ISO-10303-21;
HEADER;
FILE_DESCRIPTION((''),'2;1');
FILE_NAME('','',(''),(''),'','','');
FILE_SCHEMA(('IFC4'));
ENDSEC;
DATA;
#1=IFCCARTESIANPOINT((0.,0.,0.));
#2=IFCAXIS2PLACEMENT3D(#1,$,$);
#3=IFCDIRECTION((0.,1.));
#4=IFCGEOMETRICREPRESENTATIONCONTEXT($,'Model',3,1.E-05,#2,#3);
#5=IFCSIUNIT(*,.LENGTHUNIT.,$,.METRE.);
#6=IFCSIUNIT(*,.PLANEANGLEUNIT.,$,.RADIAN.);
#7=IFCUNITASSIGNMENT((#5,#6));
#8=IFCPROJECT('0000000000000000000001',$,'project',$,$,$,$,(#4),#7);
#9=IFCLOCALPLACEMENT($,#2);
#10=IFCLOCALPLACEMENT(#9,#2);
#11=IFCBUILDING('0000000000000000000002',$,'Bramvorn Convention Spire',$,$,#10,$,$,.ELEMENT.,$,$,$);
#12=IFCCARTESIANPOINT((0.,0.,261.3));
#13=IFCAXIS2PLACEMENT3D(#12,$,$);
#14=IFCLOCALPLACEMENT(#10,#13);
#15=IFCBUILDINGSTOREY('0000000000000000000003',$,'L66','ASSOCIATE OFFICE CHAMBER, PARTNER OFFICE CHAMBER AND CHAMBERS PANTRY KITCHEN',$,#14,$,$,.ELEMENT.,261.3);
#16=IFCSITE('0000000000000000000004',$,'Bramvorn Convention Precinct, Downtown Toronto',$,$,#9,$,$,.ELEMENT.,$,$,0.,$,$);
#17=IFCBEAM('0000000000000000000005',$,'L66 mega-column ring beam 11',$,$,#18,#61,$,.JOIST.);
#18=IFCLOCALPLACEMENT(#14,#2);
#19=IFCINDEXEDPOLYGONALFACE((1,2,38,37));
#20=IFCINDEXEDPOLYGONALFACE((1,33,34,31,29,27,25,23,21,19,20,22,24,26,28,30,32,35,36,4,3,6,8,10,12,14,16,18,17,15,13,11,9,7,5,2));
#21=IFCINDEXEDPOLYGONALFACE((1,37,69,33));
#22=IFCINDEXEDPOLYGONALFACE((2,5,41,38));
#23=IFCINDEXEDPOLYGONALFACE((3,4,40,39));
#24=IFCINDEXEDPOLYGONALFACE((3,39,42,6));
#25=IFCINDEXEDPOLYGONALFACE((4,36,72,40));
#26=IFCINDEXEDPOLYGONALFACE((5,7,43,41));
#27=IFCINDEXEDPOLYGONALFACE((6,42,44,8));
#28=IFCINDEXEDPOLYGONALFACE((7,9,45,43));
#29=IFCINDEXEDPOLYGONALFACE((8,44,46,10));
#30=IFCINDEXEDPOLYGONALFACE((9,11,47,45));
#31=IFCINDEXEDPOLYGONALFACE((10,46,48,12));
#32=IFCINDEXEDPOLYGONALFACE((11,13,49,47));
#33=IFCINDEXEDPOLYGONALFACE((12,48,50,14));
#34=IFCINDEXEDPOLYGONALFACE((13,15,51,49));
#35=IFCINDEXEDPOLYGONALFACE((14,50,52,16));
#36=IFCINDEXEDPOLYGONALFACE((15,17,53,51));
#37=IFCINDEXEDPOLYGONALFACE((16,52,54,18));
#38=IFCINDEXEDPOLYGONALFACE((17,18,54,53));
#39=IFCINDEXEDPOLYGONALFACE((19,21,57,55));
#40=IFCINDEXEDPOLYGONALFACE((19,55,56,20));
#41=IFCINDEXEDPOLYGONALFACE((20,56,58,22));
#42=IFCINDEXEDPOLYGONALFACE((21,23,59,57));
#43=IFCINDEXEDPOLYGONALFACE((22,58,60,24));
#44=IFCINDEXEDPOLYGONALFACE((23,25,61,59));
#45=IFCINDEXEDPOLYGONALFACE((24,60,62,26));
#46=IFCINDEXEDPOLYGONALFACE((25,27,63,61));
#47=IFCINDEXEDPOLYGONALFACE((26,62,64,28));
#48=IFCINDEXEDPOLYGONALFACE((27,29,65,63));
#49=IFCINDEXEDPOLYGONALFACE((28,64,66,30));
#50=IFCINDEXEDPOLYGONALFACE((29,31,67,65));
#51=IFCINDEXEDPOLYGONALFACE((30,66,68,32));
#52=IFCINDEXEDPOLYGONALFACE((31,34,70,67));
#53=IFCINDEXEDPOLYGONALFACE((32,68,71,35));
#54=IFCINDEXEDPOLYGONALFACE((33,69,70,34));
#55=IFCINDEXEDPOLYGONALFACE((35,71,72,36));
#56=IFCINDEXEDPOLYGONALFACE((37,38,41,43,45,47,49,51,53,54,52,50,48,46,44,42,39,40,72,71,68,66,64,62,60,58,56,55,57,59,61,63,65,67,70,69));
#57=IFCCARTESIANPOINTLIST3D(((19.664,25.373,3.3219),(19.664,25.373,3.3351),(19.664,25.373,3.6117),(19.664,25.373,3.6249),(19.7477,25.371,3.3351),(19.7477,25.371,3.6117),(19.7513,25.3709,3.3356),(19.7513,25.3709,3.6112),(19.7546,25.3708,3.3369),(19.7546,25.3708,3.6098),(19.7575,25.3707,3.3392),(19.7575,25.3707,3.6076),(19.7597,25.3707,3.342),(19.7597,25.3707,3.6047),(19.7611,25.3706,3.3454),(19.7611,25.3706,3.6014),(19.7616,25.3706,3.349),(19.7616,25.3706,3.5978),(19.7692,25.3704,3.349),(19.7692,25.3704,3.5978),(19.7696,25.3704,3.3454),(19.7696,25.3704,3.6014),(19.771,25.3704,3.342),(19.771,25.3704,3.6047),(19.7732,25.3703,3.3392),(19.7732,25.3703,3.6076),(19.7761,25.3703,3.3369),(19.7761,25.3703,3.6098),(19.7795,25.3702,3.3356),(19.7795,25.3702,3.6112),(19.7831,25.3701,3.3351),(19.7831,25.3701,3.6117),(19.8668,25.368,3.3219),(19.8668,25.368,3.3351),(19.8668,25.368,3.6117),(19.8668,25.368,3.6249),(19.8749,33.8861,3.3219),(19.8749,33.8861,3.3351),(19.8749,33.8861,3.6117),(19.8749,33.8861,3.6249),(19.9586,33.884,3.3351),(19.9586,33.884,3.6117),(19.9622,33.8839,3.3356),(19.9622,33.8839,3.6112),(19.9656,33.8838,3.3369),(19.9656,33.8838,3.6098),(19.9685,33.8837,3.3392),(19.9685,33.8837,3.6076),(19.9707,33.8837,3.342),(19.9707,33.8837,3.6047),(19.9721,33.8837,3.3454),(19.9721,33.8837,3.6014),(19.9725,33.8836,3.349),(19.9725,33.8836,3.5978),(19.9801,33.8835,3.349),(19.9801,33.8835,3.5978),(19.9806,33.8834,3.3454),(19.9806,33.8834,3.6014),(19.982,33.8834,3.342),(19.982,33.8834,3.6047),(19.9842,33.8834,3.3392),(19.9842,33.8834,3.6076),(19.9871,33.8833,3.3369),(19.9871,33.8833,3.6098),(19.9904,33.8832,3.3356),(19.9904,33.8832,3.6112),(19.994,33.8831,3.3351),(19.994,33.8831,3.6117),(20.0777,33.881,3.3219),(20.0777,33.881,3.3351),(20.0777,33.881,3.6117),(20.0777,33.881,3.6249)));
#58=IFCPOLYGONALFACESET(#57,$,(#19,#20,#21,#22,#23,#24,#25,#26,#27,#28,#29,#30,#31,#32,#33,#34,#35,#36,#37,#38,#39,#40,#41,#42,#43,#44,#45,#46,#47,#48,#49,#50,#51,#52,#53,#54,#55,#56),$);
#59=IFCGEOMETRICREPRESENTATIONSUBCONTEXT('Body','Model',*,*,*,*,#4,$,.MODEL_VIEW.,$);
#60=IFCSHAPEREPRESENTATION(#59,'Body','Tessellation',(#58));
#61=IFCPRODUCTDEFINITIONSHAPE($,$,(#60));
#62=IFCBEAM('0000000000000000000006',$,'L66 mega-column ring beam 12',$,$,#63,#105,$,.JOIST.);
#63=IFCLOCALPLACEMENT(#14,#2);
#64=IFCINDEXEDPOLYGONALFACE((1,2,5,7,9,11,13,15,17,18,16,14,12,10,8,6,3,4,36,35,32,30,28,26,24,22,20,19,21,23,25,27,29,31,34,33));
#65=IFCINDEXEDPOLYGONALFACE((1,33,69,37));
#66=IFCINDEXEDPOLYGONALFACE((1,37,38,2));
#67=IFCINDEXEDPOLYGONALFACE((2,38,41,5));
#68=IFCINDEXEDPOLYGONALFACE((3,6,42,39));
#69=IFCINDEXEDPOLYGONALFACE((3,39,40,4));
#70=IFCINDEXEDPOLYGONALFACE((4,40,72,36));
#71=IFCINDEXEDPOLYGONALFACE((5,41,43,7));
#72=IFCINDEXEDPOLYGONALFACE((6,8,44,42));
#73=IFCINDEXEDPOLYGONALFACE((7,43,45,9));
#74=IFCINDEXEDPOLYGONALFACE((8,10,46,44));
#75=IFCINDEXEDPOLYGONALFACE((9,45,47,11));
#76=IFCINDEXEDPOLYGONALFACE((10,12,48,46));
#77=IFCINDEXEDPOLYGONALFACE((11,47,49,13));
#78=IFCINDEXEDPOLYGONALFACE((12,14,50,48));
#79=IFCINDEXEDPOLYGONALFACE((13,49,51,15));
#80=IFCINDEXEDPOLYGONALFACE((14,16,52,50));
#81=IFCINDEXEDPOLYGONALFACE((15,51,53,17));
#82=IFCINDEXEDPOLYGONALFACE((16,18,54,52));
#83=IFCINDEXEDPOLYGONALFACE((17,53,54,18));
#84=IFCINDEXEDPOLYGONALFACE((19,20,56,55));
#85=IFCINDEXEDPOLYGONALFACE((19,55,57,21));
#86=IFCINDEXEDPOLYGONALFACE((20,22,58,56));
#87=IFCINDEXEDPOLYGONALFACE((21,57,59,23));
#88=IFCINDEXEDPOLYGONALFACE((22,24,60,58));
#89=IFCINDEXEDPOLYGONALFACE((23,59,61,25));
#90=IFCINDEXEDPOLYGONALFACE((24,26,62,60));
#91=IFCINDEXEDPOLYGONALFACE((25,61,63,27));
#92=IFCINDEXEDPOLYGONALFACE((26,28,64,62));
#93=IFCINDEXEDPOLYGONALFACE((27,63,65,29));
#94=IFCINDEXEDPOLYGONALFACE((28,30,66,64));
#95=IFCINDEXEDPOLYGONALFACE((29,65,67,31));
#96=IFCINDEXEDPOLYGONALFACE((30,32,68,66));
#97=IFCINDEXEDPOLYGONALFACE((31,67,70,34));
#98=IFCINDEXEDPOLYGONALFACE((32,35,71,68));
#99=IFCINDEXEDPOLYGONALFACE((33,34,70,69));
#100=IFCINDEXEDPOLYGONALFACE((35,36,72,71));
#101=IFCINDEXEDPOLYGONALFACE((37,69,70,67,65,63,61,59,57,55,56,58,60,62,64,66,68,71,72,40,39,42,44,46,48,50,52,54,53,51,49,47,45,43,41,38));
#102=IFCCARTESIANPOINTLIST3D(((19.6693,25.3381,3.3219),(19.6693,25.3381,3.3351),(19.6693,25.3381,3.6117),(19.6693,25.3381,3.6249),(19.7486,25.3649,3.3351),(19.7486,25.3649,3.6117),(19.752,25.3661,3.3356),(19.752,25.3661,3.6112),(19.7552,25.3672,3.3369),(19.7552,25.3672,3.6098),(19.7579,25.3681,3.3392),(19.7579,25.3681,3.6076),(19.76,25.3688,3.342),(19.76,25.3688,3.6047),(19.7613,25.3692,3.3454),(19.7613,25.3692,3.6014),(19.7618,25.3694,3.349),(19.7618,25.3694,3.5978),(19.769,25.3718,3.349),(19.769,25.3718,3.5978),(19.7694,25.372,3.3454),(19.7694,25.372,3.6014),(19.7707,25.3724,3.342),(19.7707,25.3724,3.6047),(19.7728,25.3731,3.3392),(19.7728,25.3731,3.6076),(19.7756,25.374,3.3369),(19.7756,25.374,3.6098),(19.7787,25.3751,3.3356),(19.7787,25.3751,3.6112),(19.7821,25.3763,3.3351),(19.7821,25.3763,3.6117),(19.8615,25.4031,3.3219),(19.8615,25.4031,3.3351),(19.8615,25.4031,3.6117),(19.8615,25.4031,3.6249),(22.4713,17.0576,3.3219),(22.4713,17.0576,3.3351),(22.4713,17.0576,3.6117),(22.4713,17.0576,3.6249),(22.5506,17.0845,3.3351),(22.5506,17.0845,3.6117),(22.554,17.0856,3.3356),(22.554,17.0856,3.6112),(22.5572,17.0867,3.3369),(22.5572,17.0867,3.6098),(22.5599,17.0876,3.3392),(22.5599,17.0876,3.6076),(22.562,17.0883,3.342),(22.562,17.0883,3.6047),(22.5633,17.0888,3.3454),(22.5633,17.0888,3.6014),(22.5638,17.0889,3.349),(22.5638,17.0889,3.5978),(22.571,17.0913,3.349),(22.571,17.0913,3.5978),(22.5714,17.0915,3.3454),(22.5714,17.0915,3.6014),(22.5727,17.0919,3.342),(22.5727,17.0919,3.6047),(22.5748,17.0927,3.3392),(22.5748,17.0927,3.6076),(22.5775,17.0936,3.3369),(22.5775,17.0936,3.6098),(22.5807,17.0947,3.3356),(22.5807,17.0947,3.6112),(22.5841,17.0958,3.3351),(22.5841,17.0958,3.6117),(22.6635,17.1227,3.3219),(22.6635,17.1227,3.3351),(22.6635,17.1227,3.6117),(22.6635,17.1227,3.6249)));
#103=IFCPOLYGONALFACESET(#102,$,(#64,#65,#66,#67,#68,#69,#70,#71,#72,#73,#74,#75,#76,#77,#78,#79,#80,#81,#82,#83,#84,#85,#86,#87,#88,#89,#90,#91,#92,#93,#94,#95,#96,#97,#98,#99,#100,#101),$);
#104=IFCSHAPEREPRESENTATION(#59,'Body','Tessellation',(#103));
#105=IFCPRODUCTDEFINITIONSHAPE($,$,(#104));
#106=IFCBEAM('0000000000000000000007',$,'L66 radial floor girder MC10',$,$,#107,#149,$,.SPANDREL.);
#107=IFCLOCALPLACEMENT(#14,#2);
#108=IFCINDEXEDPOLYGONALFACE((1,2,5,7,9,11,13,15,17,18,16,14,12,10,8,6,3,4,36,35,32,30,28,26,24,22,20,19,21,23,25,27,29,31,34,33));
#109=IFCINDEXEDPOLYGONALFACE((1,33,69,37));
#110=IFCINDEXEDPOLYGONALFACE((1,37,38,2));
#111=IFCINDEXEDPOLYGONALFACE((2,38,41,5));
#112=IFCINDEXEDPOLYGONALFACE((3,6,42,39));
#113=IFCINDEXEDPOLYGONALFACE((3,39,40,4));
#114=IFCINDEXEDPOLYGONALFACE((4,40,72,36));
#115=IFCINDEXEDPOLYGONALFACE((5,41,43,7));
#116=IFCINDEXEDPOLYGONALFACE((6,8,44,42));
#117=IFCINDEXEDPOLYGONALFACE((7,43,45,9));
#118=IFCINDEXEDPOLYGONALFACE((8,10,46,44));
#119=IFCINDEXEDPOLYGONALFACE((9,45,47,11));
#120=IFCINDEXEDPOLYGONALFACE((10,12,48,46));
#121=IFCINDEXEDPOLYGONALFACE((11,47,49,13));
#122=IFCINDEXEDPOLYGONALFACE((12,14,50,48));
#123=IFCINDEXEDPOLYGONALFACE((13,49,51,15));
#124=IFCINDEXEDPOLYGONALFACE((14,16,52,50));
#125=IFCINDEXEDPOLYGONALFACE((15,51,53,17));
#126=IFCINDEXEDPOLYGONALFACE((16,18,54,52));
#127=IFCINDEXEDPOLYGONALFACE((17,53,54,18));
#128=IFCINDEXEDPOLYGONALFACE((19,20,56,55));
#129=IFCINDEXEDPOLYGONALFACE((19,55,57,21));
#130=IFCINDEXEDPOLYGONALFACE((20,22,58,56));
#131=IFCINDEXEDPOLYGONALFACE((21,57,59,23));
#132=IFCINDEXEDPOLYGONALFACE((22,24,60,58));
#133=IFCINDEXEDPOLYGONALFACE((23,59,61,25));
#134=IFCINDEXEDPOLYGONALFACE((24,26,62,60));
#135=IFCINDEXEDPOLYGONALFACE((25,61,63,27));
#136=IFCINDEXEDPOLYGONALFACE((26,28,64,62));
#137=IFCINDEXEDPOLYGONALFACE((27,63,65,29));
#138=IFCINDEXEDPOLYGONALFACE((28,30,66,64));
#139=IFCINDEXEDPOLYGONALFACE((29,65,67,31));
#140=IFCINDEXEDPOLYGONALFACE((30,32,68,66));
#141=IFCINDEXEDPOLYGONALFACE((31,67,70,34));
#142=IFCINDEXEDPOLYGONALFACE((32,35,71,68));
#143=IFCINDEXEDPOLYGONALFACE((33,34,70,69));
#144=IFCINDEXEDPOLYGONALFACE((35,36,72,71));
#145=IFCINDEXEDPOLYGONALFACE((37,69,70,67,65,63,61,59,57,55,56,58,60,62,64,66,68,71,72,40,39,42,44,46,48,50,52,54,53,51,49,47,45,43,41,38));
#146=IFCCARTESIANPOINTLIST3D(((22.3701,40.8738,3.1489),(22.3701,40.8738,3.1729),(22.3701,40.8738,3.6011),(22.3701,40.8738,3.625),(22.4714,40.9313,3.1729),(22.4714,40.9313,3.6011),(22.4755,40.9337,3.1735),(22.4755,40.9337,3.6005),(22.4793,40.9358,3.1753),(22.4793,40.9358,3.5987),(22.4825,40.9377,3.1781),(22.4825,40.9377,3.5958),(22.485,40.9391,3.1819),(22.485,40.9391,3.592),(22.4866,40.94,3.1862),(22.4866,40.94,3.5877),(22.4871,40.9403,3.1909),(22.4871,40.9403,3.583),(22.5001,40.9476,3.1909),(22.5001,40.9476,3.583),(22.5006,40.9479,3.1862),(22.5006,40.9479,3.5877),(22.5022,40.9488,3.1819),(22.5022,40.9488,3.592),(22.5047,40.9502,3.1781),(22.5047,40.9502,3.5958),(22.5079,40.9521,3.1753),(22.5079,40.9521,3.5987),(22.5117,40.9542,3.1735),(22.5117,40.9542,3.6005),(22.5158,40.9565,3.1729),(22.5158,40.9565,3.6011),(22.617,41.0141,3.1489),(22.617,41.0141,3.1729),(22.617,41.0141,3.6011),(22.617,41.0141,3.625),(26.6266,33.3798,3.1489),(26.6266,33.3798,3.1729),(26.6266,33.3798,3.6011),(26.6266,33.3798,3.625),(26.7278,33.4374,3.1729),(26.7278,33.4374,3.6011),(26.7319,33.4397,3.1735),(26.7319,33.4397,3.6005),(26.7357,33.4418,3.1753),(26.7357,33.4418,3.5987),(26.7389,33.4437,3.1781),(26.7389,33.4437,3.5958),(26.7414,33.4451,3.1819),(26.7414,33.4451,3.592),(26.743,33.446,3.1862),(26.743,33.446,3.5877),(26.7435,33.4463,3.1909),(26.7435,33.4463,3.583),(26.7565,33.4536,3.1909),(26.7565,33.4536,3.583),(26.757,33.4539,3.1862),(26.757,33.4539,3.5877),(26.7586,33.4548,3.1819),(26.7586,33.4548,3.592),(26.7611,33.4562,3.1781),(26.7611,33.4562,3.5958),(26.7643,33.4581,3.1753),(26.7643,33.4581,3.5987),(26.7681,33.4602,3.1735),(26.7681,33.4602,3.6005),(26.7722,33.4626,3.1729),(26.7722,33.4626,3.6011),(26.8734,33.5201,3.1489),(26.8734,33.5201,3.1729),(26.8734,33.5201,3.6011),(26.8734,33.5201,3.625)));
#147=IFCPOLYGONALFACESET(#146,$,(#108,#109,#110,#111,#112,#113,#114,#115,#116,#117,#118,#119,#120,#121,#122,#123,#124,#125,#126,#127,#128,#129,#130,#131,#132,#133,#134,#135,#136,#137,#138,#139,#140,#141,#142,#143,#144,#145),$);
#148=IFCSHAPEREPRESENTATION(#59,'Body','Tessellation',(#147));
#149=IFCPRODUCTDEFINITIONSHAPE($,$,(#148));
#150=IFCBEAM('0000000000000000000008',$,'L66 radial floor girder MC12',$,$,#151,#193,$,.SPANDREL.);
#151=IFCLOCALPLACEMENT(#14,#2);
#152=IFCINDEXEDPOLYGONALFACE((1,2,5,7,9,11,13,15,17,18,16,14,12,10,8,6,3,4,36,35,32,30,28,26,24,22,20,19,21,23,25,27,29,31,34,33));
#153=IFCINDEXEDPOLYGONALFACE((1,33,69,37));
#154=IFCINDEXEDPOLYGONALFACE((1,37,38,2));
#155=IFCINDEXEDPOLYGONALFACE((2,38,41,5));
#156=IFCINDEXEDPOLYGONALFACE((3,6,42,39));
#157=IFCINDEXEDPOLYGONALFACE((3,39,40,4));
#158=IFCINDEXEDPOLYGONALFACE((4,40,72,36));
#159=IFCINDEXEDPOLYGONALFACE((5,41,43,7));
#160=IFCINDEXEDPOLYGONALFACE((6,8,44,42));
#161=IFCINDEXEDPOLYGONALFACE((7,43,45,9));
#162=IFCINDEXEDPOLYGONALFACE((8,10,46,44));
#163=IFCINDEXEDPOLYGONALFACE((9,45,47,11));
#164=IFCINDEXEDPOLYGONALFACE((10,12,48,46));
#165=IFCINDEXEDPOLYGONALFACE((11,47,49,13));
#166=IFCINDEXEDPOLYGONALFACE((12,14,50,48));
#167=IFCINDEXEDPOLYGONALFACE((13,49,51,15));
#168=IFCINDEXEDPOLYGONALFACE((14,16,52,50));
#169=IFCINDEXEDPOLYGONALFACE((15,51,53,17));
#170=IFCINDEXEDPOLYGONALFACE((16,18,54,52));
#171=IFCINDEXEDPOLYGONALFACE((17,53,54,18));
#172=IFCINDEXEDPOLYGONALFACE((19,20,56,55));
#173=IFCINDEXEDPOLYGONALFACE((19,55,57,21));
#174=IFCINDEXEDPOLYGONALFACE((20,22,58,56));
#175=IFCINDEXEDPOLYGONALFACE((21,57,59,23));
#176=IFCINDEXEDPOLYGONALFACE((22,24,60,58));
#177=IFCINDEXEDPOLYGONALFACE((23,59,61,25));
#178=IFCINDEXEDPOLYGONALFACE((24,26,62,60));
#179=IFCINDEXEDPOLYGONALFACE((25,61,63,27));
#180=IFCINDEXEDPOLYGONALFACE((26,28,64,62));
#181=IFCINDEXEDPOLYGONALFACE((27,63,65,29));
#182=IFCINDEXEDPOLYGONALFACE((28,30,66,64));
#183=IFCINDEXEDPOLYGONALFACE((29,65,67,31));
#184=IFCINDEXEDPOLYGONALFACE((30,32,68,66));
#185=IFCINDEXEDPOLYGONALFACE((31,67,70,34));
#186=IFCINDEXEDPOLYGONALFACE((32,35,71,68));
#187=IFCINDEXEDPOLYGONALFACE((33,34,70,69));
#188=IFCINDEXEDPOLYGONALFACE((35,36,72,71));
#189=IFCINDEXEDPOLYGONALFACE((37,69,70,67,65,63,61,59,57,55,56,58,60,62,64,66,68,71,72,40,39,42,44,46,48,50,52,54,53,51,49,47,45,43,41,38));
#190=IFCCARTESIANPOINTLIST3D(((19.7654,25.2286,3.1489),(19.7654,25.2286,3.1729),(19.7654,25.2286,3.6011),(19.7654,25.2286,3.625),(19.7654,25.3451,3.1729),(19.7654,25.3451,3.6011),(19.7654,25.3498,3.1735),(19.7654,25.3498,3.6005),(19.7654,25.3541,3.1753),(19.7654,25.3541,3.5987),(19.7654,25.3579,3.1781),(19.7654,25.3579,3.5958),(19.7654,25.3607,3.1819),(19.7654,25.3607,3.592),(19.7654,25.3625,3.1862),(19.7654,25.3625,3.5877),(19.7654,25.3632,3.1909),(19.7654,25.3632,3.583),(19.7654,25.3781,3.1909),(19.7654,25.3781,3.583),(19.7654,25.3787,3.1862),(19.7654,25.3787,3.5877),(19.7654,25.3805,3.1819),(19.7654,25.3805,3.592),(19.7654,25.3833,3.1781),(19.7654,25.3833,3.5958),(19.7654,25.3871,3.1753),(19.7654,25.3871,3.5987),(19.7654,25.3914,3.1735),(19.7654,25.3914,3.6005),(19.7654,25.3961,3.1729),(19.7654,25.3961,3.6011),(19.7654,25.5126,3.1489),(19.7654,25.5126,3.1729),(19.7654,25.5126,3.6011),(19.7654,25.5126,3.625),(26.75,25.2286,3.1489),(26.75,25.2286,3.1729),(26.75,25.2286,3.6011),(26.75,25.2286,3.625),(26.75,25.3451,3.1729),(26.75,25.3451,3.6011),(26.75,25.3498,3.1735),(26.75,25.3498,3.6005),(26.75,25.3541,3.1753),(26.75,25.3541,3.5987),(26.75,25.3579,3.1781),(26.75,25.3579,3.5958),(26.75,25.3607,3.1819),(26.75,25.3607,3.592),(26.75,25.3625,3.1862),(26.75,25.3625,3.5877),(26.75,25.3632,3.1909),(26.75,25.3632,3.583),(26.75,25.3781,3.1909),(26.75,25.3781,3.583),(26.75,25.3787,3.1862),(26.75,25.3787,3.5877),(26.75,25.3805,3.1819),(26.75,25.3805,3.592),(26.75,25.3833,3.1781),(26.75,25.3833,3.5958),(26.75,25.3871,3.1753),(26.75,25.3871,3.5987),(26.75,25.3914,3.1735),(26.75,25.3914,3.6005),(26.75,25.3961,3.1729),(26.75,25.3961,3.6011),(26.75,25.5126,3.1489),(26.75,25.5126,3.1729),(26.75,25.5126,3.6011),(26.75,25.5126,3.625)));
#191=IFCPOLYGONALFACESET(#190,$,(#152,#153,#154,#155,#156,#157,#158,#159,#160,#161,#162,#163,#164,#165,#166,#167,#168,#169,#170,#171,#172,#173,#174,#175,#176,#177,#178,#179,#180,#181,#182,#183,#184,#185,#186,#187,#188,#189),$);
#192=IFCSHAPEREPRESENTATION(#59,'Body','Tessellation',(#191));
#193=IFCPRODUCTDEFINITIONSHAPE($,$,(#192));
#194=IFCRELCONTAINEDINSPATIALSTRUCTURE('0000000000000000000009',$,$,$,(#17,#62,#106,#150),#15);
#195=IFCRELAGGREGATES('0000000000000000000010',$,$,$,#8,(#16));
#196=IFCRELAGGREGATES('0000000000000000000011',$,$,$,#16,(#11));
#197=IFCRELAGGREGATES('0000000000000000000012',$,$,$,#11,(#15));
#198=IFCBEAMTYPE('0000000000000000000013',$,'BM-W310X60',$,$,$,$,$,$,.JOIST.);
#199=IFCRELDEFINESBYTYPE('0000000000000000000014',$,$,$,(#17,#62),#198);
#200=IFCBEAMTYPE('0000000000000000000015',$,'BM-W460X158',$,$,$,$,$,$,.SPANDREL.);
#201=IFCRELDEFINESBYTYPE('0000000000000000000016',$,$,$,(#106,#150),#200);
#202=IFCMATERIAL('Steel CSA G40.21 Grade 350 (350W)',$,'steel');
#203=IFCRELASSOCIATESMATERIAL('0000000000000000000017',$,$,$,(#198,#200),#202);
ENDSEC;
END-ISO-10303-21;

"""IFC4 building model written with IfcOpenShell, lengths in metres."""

from ifc_helpers import new_model, si_unit, direction, frame, origin, origin_2d, place, context, subcontext, project, spatial, i_section, extrude, material, material_profile, profile_set, type_object, element, save


model = new_model("IFC4")

# Units and contexts
model_context = context("Model", 3, precision=1e-05, world=origin(), true_north=direction((0.0, 1.0)))
body_context = subcontext(model_context, "Body", "Model", "MODEL_VIEW")
ifc_project = project(units=[si_unit("LENGTHUNIT", "METRE"), si_unit("PLANEANGLEUNIT", "RADIAN")], contexts=[model_context])

# Site, building, storey
site_placement = place(None, origin())
site = spatial("IfcSite", under=ifc_project, at=site_placement, Name="Bramvorn Convention Precinct, Downtown Toronto", CompositionType="ELEMENT", RefElevation=0.0)
building_placement = place(site_placement, origin())
building = spatial("IfcBuilding", under=site, at=building_placement, Name="Bramvorn Convention Spire", CompositionType="ELEMENT")
storey_placement = place(building_placement, frame((0.0, 0.0, 261.3)))
storey = spatial("IfcBuildingStorey", under=building, at=storey_placement, Name="L66", Description="ASSOCIATE OFFICE CHAMBER, PARTNER OFFICE CHAMBER AND CHAMBERS PANTRY KITCHEN", CompositionType="ELEMENT", Elevation=261.3)

# Shared definitions
ifc_material_1 = material(Name="Steel CSA G40.21 Grade 350 (350W)", Category="steel")

# Beams
ifc_material_profile_1 = material_profile(ifc_material_1, i_section(OverallWidth=0.2029, OverallDepth=0.303, WebThickness=0.0076, FlangeThickness=0.0132, FilletRadius=0.0139, at=origin_2d()))
ifc_profile_set_1 = profile_set([ifc_material_profile_1], Name="Steel CSA G40.21 Grade 350 (350W) - W310X60")
beam_type_1 = type_object("IfcBeamType", Name="BM-W310X60", PredefinedType="JOIST", material=ifc_profile_set_1)
beam_1_placement = place(storey_placement, frame((19.9763, 33.8835, 3.4734), z_axis=(-0.024771, -0.999693, 0.0), x_axis=(0.999693, -0.024771, 0.0)))
element("IfcBeam", 1, at=beam_1_placement, inside=storey, type_object=beam_type_1, Name="L66 mega-column ring beam 11", PredefinedType="JOIST", context=body_context, shape_type="SweptSolid", body=[
    extrude(i_section(OverallWidth=0.2029, OverallDepth=0.303, WebThickness=0.0076, FlangeThickness=0.0132, FilletRadius=0.0139, at=origin_2d()), origin(), (0.0, 0.0, 1.0), 8.5156),
])
beam_2_placement = place(storey_placement, frame((19.7654, 25.3706, 3.4734), z_axis=(0.320531, -0.947238, 0.0), x_axis=(0.947238, 0.320531, 0.0)))
element("IfcBeam", 2, at=beam_2_placement, inside=storey, type_object=beam_type_1, Name="L66 mega-column ring beam 12", PredefinedType="JOIST", context=body_context, shape_type="SweptSolid", body=[
    extrude(i_section(OverallWidth=0.2029, OverallDepth=0.303, WebThickness=0.0076, FlangeThickness=0.0132, FilletRadius=0.0139, at=origin_2d()), origin(), (0.0, 0.0, 1.0), 8.7417),
])
ifc_material_profile_2 = material_profile(ifc_material_1, i_section(OverallWidth=0.2839, OverallDepth=0.4761, WebThickness=0.0149, FlangeThickness=0.0239, FilletRadius=0.0181, at=origin_2d()))
ifc_profile_set_2 = profile_set([ifc_material_profile_2], Name="Steel CSA G40.21 Grade 350 (350W) - W460X158")
beam_type_2 = type_object("IfcBeamType", Name="BM-W460X158", PredefinedType="SPANDREL", material=ifc_profile_set_2)
beam_3_placement = place(storey_placement, frame((26.75, 33.45, 3.387), z_axis=(-0.493874, 0.869534, 0.0), x_axis=(-0.869534, -0.493874, 0.0)))
element("IfcBeam", 3, at=beam_3_placement, inside=storey, type_object=beam_type_2, Name="L66 radial floor girder MC10", PredefinedType="SPANDREL", context=body_context, shape_type="SweptSolid", body=[
    extrude(i_section(OverallWidth=0.2839, OverallDepth=0.4761, WebThickness=0.0149, FlangeThickness=0.0239, FilletRadius=0.0181, at=origin_2d()), origin(), (0.0, 0.0, 1.0), 8.6184),
])
beam_4_placement = place(storey_placement, frame((26.75, 25.3706, 3.387), z_axis=(-1.0, 0.0, 0.0), x_axis=(0.0, -1.0, 0.0)))
element("IfcBeam", 4, at=beam_4_placement, inside=storey, type_object=beam_type_2, Name="L66 radial floor girder MC12", PredefinedType="SPANDREL", context=body_context, shape_type="SweptSolid", body=[
    extrude(i_section(OverallWidth=0.2839, OverallDepth=0.4761, WebThickness=0.0149, FlangeThickness=0.0239, FilletRadius=0.0181, at=origin_2d()), origin(), (0.0, 0.0, 1.0), 6.9846),
])

save(model, "model.ifc")
